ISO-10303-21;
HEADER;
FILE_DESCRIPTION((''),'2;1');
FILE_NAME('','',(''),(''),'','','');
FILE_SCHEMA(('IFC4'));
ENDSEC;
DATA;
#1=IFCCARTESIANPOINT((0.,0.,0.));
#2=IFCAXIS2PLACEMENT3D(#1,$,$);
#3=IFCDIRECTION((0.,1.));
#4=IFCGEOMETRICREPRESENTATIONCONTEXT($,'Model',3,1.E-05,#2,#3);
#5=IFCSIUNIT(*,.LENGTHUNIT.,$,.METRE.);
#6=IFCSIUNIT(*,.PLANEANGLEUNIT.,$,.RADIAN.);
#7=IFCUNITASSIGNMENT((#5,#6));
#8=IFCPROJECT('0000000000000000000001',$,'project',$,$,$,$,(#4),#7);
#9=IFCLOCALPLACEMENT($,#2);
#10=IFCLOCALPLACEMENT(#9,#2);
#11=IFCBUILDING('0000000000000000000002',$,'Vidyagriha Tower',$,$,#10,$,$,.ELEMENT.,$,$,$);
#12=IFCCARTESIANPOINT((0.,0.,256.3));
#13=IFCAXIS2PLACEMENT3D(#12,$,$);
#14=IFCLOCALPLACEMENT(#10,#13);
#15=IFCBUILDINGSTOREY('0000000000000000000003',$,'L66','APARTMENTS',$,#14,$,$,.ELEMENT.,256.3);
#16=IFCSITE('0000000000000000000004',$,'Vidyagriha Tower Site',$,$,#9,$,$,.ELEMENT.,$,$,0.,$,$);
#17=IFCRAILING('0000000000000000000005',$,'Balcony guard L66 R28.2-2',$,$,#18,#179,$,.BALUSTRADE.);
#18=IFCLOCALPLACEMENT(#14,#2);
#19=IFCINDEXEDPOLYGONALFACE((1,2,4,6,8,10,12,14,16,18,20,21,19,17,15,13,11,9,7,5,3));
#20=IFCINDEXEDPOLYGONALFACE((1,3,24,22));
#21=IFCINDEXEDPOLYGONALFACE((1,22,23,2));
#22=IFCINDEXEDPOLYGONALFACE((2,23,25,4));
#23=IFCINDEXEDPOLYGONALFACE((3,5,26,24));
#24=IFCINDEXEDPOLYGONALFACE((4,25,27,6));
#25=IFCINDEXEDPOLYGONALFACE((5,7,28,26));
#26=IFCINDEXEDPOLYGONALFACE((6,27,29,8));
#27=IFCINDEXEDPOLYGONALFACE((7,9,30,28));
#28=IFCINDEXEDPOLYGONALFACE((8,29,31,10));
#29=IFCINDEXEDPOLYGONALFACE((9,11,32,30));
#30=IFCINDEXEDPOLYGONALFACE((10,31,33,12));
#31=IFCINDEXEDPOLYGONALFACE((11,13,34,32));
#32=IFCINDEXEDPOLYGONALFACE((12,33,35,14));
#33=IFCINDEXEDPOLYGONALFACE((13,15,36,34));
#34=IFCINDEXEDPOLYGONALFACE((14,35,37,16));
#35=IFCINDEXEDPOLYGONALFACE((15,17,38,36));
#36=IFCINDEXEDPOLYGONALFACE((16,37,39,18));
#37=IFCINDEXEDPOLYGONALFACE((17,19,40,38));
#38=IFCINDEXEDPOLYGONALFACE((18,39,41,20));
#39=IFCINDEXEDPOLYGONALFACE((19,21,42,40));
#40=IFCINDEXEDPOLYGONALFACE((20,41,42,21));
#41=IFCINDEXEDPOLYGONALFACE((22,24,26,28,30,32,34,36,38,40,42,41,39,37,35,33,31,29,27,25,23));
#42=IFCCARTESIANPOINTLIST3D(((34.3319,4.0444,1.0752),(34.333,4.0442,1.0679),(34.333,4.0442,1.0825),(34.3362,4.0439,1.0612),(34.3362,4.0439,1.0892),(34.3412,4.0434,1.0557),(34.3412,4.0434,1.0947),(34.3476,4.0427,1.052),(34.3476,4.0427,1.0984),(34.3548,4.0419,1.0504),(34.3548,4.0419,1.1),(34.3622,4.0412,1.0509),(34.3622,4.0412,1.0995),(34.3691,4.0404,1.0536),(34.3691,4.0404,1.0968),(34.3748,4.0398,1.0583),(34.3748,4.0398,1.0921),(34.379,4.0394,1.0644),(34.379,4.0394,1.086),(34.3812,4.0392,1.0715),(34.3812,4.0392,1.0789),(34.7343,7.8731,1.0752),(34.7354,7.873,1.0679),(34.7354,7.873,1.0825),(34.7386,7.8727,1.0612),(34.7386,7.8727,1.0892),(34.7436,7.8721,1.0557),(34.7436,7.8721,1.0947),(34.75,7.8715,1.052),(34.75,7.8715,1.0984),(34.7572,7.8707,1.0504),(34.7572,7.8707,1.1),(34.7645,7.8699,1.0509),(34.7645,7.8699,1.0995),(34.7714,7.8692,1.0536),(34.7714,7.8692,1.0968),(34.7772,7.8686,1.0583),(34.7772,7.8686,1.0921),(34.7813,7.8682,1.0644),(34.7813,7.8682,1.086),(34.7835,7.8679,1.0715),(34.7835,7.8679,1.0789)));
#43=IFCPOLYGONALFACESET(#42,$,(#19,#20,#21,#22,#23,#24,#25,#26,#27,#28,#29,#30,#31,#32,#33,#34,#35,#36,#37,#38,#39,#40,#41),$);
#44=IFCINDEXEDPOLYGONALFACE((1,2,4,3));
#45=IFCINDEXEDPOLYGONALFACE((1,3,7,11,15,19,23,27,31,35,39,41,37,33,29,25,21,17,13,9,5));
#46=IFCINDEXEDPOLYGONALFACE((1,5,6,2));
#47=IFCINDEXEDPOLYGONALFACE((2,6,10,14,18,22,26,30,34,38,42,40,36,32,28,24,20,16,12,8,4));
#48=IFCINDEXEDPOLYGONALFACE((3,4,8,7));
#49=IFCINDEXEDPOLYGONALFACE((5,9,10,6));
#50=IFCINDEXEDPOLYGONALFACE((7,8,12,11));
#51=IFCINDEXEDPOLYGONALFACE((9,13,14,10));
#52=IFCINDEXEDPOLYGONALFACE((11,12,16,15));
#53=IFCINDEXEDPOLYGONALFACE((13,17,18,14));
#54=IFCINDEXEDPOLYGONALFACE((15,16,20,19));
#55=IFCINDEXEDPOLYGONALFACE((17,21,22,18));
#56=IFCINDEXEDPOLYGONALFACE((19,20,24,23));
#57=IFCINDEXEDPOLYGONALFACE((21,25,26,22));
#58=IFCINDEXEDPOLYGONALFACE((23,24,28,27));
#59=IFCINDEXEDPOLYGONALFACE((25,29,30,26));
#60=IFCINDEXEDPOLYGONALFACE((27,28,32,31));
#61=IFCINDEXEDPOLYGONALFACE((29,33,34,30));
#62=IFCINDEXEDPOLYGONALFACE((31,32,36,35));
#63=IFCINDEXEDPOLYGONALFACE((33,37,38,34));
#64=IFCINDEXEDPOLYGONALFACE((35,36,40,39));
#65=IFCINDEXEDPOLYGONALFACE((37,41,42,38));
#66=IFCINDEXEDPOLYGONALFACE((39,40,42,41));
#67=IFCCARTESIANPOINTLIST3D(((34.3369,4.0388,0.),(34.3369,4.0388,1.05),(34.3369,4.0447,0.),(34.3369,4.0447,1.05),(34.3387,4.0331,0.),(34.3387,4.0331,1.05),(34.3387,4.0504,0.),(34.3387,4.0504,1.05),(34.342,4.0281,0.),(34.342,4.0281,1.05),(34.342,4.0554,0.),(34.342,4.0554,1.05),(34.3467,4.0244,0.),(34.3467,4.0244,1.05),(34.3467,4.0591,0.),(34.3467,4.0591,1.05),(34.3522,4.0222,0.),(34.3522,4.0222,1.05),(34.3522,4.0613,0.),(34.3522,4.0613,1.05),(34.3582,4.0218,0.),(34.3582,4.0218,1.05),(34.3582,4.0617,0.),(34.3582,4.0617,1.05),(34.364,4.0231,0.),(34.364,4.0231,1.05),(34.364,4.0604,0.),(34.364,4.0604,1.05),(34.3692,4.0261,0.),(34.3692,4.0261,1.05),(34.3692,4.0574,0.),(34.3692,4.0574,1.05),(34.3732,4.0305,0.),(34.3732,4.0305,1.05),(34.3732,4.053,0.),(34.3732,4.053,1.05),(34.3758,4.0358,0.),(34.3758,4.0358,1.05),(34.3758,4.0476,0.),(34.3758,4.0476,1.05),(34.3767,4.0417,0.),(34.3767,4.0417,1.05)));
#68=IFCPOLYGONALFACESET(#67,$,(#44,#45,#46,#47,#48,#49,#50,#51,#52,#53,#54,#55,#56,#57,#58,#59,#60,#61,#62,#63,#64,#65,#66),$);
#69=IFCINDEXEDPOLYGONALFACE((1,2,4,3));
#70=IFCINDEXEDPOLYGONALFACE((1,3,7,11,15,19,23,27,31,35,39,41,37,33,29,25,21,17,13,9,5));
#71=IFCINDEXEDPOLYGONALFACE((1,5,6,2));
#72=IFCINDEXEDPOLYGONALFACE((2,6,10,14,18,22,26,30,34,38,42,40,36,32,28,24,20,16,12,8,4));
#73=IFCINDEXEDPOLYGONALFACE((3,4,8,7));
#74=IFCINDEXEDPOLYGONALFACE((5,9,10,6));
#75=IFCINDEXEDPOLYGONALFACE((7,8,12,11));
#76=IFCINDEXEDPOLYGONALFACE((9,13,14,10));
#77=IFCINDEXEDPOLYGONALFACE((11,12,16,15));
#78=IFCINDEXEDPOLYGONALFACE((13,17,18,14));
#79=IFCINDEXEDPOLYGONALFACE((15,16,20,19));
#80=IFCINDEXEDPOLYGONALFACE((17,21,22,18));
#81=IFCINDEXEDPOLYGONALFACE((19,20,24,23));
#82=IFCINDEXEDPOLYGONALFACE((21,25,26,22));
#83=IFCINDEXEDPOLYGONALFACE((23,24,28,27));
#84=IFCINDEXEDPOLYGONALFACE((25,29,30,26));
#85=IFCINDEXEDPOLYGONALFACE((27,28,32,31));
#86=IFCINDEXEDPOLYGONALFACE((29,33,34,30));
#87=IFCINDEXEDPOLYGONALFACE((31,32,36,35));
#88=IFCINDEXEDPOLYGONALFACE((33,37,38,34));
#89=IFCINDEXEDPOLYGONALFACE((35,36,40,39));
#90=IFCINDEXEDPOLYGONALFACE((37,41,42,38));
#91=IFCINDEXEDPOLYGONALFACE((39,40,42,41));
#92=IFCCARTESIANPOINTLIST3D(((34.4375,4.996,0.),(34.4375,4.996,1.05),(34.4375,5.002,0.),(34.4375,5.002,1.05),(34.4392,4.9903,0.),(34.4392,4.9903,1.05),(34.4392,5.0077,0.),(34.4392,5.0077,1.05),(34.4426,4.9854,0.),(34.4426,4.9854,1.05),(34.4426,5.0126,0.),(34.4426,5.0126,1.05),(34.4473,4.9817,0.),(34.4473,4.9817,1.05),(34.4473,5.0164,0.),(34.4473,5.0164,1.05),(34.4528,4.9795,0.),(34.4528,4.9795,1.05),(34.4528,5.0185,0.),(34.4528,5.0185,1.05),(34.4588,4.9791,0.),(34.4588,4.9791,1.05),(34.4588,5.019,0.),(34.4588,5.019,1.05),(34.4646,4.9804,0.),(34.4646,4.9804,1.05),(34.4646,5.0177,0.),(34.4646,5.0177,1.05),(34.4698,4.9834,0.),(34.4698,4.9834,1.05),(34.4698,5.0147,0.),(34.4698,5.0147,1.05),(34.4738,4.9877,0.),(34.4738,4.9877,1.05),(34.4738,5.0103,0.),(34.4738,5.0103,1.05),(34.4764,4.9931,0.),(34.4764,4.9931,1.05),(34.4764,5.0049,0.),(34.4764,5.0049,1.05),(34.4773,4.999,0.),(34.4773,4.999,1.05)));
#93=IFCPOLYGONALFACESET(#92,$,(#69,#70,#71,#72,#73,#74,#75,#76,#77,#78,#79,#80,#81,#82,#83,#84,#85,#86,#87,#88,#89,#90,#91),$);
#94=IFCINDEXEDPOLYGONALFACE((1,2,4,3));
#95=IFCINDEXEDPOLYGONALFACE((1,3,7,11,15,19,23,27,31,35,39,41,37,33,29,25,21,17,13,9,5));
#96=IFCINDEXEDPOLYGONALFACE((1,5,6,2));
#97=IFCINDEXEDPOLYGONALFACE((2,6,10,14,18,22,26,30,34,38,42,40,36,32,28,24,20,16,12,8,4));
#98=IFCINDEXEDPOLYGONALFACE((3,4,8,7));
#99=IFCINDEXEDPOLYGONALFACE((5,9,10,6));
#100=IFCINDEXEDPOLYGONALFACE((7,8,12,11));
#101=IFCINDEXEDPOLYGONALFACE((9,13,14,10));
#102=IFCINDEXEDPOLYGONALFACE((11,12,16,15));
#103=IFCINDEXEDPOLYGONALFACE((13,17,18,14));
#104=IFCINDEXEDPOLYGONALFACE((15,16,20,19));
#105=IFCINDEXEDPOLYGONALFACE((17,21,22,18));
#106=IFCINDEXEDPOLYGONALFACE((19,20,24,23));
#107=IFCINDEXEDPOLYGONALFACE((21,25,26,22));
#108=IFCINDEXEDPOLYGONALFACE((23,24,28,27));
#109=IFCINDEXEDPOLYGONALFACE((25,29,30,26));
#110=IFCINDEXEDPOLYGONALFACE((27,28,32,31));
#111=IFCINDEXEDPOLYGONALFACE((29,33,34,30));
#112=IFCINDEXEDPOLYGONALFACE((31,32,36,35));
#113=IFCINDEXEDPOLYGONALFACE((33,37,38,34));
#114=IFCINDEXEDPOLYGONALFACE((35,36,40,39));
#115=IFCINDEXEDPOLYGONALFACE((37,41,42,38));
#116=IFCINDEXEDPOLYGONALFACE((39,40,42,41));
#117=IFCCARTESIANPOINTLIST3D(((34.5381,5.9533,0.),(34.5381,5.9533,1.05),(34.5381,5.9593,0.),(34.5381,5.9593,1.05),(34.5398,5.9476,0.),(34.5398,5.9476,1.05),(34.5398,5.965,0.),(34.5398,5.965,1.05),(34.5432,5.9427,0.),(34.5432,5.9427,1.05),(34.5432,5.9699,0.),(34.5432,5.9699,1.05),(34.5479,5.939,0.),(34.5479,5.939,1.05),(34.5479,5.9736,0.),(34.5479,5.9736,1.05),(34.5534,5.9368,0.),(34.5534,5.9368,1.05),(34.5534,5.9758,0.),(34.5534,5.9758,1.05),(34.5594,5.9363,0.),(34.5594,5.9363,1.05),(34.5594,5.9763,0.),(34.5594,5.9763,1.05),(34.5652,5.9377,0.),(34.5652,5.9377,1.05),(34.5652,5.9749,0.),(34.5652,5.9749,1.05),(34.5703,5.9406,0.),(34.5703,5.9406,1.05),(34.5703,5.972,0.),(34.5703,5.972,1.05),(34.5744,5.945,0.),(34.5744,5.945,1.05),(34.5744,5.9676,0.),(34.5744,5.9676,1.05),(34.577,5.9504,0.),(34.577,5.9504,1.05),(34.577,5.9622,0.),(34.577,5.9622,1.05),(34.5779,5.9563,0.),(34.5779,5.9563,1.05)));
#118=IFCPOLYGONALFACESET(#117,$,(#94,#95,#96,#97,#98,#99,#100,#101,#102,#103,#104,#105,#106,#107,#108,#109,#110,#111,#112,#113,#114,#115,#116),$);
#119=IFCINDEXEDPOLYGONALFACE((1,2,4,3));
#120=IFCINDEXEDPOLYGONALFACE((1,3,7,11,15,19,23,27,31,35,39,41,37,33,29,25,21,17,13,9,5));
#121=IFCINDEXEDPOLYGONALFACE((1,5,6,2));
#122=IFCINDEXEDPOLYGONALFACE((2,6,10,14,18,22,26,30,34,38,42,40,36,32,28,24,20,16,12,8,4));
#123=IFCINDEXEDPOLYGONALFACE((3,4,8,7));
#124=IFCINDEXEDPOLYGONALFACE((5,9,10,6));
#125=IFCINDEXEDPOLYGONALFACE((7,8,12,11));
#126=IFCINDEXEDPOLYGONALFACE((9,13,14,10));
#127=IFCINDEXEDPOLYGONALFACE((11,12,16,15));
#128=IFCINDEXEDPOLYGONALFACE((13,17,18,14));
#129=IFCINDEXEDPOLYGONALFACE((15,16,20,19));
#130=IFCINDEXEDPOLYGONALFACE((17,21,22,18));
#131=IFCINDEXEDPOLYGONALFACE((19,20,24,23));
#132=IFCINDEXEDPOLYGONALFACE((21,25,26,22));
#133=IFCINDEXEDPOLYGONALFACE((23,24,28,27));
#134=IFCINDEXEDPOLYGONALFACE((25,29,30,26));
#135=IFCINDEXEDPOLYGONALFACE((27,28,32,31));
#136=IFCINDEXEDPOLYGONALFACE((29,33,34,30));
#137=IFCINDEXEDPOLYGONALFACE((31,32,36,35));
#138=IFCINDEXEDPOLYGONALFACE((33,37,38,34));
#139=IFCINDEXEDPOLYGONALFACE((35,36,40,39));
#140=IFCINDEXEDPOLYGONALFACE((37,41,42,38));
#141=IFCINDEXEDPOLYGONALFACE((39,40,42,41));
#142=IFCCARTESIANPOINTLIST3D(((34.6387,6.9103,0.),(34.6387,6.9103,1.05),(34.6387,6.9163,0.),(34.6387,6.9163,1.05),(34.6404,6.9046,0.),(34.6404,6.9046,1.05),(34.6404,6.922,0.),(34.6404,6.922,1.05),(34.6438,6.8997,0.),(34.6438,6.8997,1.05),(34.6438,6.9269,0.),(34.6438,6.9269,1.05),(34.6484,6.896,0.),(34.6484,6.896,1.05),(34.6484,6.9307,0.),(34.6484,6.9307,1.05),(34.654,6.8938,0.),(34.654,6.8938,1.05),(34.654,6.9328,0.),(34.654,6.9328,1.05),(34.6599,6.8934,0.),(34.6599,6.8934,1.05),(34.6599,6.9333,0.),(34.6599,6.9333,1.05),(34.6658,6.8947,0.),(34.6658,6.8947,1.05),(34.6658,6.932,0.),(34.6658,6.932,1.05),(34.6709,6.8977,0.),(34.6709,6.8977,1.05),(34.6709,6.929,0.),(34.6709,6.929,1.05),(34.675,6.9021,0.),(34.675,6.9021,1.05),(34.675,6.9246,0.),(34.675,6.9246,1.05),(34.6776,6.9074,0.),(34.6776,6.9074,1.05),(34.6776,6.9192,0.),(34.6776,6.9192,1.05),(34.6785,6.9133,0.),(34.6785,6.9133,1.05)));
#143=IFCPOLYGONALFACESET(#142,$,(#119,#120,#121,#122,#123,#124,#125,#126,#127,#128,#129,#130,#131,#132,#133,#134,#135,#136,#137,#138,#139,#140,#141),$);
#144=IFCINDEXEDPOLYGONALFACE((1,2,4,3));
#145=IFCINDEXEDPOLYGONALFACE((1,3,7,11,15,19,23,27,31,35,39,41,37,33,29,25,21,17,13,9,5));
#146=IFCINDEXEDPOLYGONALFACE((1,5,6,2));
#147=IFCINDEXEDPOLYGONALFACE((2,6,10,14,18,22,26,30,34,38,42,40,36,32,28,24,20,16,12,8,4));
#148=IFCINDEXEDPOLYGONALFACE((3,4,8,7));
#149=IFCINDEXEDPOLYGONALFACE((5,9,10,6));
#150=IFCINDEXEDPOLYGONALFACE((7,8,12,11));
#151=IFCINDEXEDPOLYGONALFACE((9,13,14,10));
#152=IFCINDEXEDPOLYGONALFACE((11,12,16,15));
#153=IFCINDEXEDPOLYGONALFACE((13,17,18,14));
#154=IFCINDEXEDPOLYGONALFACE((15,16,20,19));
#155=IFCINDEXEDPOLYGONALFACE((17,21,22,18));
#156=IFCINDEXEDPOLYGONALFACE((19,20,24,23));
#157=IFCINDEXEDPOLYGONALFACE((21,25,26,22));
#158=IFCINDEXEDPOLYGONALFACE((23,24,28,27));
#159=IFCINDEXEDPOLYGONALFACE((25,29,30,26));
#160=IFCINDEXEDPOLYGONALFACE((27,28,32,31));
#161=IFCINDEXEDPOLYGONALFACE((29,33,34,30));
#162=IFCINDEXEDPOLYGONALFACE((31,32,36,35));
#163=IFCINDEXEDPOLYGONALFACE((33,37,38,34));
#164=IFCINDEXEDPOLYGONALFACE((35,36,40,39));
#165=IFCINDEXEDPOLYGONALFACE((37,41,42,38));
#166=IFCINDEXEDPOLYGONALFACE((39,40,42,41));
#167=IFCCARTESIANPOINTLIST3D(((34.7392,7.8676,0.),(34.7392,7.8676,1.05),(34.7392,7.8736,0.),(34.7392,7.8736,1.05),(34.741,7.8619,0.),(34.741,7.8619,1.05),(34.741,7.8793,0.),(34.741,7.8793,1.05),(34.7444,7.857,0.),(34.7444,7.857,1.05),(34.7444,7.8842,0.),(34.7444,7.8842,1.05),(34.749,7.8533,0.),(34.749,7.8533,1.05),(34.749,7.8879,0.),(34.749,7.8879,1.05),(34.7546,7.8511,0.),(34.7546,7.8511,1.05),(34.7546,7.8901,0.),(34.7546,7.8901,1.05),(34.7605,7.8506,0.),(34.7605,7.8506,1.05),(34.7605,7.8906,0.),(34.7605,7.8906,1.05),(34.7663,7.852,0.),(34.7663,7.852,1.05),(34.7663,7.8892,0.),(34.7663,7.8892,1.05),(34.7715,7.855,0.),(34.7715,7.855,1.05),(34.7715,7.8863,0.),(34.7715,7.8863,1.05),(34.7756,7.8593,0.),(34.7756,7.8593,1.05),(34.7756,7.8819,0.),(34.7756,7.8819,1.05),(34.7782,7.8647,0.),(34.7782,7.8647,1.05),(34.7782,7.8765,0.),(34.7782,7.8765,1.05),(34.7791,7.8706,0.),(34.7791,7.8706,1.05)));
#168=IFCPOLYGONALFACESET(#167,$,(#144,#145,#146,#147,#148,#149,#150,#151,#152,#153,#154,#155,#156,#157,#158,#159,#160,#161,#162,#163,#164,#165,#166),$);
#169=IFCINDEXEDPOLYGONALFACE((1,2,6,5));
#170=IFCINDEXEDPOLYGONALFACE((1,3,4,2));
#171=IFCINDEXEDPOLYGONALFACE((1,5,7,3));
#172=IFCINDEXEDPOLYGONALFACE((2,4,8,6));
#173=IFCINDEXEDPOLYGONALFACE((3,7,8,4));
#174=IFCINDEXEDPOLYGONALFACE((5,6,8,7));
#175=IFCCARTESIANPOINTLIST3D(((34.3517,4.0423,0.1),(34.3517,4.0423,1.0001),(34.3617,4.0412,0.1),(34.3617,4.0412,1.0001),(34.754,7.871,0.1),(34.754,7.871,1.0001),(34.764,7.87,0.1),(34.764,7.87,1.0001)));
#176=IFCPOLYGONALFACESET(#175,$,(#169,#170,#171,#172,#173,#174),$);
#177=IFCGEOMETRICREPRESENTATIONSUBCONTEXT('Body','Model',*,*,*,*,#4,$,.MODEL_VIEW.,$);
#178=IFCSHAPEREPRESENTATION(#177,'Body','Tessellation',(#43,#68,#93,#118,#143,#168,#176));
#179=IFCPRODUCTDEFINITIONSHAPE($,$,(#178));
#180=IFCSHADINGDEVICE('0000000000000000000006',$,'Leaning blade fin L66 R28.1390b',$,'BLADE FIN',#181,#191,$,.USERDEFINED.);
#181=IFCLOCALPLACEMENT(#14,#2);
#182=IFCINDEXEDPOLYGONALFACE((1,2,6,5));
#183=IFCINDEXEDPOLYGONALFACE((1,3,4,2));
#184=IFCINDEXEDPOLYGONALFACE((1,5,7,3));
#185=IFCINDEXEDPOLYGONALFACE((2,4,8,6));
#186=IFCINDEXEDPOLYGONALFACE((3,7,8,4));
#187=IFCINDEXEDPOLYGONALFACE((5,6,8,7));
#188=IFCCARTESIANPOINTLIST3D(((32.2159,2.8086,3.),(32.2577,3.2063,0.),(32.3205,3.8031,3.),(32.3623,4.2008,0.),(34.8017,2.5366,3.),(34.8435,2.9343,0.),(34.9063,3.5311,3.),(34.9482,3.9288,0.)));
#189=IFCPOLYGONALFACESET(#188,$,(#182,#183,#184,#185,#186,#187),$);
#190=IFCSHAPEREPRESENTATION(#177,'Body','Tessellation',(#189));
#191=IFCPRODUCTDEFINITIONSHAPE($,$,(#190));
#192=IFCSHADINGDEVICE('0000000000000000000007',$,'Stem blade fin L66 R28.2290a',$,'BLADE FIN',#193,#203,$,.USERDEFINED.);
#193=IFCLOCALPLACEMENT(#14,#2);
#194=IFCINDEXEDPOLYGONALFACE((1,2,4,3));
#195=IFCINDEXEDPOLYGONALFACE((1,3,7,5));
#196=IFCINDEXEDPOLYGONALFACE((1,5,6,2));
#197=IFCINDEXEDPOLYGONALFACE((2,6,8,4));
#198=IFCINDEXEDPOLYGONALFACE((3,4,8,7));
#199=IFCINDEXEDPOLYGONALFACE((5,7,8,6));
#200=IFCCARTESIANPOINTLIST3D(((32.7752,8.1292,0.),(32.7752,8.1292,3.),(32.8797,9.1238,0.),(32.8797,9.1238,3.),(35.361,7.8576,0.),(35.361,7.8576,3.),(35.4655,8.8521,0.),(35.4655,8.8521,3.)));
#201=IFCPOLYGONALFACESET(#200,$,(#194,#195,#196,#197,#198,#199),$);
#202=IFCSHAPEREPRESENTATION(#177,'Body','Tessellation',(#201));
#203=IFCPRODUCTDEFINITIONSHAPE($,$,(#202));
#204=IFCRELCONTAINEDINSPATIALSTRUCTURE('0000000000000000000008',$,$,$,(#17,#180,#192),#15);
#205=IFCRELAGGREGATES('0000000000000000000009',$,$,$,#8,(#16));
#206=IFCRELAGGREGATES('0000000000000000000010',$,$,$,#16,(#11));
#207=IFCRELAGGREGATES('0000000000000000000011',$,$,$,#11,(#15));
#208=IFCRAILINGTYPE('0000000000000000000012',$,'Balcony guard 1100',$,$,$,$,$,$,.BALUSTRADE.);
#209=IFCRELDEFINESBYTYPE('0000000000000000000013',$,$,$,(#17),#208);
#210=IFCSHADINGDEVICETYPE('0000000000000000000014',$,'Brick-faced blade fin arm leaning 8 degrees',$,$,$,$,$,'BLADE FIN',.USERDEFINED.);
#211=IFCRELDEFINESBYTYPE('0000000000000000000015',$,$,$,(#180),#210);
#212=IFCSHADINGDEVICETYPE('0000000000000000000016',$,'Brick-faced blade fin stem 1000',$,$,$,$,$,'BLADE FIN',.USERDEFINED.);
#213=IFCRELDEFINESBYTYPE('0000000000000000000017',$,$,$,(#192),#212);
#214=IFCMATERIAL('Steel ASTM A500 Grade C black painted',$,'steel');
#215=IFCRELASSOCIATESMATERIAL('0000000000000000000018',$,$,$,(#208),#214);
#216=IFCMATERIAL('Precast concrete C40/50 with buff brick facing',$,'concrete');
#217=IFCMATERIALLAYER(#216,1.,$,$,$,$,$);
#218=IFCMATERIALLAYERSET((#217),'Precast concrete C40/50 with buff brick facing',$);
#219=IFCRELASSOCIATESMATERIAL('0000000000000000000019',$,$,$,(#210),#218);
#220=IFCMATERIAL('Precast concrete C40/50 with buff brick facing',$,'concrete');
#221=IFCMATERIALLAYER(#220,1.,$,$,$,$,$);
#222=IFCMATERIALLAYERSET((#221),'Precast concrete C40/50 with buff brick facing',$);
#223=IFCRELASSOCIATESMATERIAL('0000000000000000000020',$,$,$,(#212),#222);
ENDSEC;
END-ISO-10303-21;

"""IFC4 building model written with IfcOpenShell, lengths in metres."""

from ifc_helpers import new_model, si_unit, direction, frame, origin, origin_2d, place, context, subcontext, project, spatial, polyline, rectangle, circle, outline, extrude, material, layer, layer_set, type_object, element, save


model = new_model("IFC4")

# Units and contexts
model_context = context("Model", 3, precision=1e-05, world=origin(), true_north=direction((0.0, 1.0)))
body_context = subcontext(model_context, "Body", "Model", "MODEL_VIEW")
ifc_project = project(units=[si_unit("LENGTHUNIT", "METRE"), si_unit("PLANEANGLEUNIT", "RADIAN")], contexts=[model_context])

# Site, building, storey
site_placement = place(None, origin())
site = spatial("IfcSite", under=ifc_project, at=site_placement, Name="Vidyagriha Tower Site", CompositionType="ELEMENT", RefElevation=0.0)
building_placement = place(site_placement, origin())
building = spatial("IfcBuilding", under=site, at=building_placement, Name="Vidyagriha Tower", CompositionType="ELEMENT")
storey_placement = place(building_placement, frame((0.0, 0.0, 256.3)))
storey = spatial("IfcBuildingStorey", under=building, at=storey_placement, Name="L66", Description="APARTMENTS", CompositionType="ELEMENT", Elevation=256.3)

# Railing
ifc_material_1 = material(Name="Steel ASTM A500 Grade C black painted", Category="steel")
railing_type_1 = type_object("IfcRailingType", Name="Balcony guard 1100", PredefinedType="BALUSTRADE", material=ifc_material_1)
railing_1_placement = place(storey_placement, frame((34.3567, 4.0417, 0.0)))
element("IfcRailing", 1, at=railing_1_placement, inside=storey, type_object=railing_type_1, Name="Balcony guard L66 R28.2-2", PredefinedType="BALUSTRADE", context=body_context, shape_type="SweptSolid", body=[
    extrude(circle(Radius=0.0249, at=origin_2d()), frame((0.0, 0.0, 1.0752), z_axis=(0.104507, 0.994524, 0.0), x_axis=(-0.994524, 0.104507, 0.0)), (0.0, 0.0, 1.0), 3.8499),
    extrude(circle(Radius=0.02, at=origin_2d()), origin(), (0.0, 0.0, 1.0), 1.05),
    extrude(circle(Radius=0.02, at=origin_2d()), frame((0.1006, 0.9573, 0.0)), (0.0, 0.0, 1.0), 1.05),
    extrude(circle(Radius=0.02, at=origin_2d()), frame((0.2012, 1.9146, 0.0)), (0.0, 0.0, 1.0), 1.05),
    extrude(circle(Radius=0.02, at=origin_2d()), frame((0.3018, 2.8716, 0.0)), (0.0, 0.0, 1.0), 1.05),
    extrude(circle(Radius=0.02, at=origin_2d()), frame((0.4023, 3.8289, 0.0)), (0.0, 0.0, 1.0), 1.05),
    extrude(rectangle(XDim=0.01, YDim=0.9001, at=origin_2d()), frame((0.0, 0.0, 0.55), z_axis=(0.104507, 0.994524, 0.0), x_axis=(-0.994524, 0.104507, 0.0)), (0.0, 0.0, 1.0), 3.8499),
])

# Shading devices
ifc_material_2 = material(Name="Precast concrete C40/50 with buff brick facing", Category="concrete")
ifc_layer_1 = layer(ifc_material_2, 1.0)
ifc_layer_set_1 = layer_set([ifc_layer_1], Name="Precast concrete C40/50 with buff brick facing")
shading_device_type_1 = type_object("IfcShadingDeviceType", Name="Brick-faced blade fin arm leaning 8 degrees", ElementType="BLADE FIN", PredefinedType="USERDEFINED", material=ifc_layer_set_1)
shading_device_1_placement = place(storey_placement, frame((33.5088, 2.6726, 0.0), z_axis=(0.0, 0.0, 1.0), x_axis=(0.104612, 0.994513, 0.0)))
element("IfcShadingDevice", 2, at=shading_device_1_placement, inside=storey, type_object=shading_device_type_1, Name="Leaning blade fin L66 R28.1390b", ObjectType="BLADE FIN", PredefinedType="USERDEFINED", context=body_context, shape_type="SweptSolid", body=[
    extrude(outline(polyline([(0.3999, 0.0), (1.3999, 0.0), (1.0, 3.0), (0.0, 3.0), (0.3999, 0.0)])), frame((0.0, 1.3, 0.0), z_axis=(0.0, -1.0, 0.0), x_axis=(1.0, 0.0, 0.0)), (0.0, 0.0, 1.0), 2.6001),
])
ifc_material_3 = material(Name="Precast concrete C40/50 with buff brick facing", Category="concrete")
ifc_layer_2 = layer(ifc_material_3, 1.0)
ifc_layer_set_2 = layer_set([ifc_layer_2], Name="Precast concrete C40/50 with buff brick facing")
shading_device_type_2 = type_object("IfcShadingDeviceType", Name="Brick-faced blade fin stem 1000", ElementType="BLADE FIN", PredefinedType="USERDEFINED", material=ifc_layer_set_2)
shading_device_2_placement = place(storey_placement, frame((34.0681, 7.9934, 0.0), z_axis=(0.0, 0.0, 1.0), x_axis=(0.104481, 0.994527, 0.0)))
element("IfcShadingDevice", 3, at=shading_device_2_placement, inside=storey, type_object=shading_device_type_2, Name="Stem blade fin L66 R28.2290a", ObjectType="BLADE FIN", PredefinedType="USERDEFINED", context=body_context, shape_type="SweptSolid", body=[
    extrude(outline(polyline([(0.0, 0.0), (1.0, 0.0), (1.0, 3.0), (0.0, 3.0), (0.0, 0.0)])), frame((0.0, 1.3, 0.0), z_axis=(0.0, -1.0, 0.0), x_axis=(1.0, 0.0, 0.0)), (0.0, 0.0, 1.0), 2.6001),
])

save(model, "model.ifc")
